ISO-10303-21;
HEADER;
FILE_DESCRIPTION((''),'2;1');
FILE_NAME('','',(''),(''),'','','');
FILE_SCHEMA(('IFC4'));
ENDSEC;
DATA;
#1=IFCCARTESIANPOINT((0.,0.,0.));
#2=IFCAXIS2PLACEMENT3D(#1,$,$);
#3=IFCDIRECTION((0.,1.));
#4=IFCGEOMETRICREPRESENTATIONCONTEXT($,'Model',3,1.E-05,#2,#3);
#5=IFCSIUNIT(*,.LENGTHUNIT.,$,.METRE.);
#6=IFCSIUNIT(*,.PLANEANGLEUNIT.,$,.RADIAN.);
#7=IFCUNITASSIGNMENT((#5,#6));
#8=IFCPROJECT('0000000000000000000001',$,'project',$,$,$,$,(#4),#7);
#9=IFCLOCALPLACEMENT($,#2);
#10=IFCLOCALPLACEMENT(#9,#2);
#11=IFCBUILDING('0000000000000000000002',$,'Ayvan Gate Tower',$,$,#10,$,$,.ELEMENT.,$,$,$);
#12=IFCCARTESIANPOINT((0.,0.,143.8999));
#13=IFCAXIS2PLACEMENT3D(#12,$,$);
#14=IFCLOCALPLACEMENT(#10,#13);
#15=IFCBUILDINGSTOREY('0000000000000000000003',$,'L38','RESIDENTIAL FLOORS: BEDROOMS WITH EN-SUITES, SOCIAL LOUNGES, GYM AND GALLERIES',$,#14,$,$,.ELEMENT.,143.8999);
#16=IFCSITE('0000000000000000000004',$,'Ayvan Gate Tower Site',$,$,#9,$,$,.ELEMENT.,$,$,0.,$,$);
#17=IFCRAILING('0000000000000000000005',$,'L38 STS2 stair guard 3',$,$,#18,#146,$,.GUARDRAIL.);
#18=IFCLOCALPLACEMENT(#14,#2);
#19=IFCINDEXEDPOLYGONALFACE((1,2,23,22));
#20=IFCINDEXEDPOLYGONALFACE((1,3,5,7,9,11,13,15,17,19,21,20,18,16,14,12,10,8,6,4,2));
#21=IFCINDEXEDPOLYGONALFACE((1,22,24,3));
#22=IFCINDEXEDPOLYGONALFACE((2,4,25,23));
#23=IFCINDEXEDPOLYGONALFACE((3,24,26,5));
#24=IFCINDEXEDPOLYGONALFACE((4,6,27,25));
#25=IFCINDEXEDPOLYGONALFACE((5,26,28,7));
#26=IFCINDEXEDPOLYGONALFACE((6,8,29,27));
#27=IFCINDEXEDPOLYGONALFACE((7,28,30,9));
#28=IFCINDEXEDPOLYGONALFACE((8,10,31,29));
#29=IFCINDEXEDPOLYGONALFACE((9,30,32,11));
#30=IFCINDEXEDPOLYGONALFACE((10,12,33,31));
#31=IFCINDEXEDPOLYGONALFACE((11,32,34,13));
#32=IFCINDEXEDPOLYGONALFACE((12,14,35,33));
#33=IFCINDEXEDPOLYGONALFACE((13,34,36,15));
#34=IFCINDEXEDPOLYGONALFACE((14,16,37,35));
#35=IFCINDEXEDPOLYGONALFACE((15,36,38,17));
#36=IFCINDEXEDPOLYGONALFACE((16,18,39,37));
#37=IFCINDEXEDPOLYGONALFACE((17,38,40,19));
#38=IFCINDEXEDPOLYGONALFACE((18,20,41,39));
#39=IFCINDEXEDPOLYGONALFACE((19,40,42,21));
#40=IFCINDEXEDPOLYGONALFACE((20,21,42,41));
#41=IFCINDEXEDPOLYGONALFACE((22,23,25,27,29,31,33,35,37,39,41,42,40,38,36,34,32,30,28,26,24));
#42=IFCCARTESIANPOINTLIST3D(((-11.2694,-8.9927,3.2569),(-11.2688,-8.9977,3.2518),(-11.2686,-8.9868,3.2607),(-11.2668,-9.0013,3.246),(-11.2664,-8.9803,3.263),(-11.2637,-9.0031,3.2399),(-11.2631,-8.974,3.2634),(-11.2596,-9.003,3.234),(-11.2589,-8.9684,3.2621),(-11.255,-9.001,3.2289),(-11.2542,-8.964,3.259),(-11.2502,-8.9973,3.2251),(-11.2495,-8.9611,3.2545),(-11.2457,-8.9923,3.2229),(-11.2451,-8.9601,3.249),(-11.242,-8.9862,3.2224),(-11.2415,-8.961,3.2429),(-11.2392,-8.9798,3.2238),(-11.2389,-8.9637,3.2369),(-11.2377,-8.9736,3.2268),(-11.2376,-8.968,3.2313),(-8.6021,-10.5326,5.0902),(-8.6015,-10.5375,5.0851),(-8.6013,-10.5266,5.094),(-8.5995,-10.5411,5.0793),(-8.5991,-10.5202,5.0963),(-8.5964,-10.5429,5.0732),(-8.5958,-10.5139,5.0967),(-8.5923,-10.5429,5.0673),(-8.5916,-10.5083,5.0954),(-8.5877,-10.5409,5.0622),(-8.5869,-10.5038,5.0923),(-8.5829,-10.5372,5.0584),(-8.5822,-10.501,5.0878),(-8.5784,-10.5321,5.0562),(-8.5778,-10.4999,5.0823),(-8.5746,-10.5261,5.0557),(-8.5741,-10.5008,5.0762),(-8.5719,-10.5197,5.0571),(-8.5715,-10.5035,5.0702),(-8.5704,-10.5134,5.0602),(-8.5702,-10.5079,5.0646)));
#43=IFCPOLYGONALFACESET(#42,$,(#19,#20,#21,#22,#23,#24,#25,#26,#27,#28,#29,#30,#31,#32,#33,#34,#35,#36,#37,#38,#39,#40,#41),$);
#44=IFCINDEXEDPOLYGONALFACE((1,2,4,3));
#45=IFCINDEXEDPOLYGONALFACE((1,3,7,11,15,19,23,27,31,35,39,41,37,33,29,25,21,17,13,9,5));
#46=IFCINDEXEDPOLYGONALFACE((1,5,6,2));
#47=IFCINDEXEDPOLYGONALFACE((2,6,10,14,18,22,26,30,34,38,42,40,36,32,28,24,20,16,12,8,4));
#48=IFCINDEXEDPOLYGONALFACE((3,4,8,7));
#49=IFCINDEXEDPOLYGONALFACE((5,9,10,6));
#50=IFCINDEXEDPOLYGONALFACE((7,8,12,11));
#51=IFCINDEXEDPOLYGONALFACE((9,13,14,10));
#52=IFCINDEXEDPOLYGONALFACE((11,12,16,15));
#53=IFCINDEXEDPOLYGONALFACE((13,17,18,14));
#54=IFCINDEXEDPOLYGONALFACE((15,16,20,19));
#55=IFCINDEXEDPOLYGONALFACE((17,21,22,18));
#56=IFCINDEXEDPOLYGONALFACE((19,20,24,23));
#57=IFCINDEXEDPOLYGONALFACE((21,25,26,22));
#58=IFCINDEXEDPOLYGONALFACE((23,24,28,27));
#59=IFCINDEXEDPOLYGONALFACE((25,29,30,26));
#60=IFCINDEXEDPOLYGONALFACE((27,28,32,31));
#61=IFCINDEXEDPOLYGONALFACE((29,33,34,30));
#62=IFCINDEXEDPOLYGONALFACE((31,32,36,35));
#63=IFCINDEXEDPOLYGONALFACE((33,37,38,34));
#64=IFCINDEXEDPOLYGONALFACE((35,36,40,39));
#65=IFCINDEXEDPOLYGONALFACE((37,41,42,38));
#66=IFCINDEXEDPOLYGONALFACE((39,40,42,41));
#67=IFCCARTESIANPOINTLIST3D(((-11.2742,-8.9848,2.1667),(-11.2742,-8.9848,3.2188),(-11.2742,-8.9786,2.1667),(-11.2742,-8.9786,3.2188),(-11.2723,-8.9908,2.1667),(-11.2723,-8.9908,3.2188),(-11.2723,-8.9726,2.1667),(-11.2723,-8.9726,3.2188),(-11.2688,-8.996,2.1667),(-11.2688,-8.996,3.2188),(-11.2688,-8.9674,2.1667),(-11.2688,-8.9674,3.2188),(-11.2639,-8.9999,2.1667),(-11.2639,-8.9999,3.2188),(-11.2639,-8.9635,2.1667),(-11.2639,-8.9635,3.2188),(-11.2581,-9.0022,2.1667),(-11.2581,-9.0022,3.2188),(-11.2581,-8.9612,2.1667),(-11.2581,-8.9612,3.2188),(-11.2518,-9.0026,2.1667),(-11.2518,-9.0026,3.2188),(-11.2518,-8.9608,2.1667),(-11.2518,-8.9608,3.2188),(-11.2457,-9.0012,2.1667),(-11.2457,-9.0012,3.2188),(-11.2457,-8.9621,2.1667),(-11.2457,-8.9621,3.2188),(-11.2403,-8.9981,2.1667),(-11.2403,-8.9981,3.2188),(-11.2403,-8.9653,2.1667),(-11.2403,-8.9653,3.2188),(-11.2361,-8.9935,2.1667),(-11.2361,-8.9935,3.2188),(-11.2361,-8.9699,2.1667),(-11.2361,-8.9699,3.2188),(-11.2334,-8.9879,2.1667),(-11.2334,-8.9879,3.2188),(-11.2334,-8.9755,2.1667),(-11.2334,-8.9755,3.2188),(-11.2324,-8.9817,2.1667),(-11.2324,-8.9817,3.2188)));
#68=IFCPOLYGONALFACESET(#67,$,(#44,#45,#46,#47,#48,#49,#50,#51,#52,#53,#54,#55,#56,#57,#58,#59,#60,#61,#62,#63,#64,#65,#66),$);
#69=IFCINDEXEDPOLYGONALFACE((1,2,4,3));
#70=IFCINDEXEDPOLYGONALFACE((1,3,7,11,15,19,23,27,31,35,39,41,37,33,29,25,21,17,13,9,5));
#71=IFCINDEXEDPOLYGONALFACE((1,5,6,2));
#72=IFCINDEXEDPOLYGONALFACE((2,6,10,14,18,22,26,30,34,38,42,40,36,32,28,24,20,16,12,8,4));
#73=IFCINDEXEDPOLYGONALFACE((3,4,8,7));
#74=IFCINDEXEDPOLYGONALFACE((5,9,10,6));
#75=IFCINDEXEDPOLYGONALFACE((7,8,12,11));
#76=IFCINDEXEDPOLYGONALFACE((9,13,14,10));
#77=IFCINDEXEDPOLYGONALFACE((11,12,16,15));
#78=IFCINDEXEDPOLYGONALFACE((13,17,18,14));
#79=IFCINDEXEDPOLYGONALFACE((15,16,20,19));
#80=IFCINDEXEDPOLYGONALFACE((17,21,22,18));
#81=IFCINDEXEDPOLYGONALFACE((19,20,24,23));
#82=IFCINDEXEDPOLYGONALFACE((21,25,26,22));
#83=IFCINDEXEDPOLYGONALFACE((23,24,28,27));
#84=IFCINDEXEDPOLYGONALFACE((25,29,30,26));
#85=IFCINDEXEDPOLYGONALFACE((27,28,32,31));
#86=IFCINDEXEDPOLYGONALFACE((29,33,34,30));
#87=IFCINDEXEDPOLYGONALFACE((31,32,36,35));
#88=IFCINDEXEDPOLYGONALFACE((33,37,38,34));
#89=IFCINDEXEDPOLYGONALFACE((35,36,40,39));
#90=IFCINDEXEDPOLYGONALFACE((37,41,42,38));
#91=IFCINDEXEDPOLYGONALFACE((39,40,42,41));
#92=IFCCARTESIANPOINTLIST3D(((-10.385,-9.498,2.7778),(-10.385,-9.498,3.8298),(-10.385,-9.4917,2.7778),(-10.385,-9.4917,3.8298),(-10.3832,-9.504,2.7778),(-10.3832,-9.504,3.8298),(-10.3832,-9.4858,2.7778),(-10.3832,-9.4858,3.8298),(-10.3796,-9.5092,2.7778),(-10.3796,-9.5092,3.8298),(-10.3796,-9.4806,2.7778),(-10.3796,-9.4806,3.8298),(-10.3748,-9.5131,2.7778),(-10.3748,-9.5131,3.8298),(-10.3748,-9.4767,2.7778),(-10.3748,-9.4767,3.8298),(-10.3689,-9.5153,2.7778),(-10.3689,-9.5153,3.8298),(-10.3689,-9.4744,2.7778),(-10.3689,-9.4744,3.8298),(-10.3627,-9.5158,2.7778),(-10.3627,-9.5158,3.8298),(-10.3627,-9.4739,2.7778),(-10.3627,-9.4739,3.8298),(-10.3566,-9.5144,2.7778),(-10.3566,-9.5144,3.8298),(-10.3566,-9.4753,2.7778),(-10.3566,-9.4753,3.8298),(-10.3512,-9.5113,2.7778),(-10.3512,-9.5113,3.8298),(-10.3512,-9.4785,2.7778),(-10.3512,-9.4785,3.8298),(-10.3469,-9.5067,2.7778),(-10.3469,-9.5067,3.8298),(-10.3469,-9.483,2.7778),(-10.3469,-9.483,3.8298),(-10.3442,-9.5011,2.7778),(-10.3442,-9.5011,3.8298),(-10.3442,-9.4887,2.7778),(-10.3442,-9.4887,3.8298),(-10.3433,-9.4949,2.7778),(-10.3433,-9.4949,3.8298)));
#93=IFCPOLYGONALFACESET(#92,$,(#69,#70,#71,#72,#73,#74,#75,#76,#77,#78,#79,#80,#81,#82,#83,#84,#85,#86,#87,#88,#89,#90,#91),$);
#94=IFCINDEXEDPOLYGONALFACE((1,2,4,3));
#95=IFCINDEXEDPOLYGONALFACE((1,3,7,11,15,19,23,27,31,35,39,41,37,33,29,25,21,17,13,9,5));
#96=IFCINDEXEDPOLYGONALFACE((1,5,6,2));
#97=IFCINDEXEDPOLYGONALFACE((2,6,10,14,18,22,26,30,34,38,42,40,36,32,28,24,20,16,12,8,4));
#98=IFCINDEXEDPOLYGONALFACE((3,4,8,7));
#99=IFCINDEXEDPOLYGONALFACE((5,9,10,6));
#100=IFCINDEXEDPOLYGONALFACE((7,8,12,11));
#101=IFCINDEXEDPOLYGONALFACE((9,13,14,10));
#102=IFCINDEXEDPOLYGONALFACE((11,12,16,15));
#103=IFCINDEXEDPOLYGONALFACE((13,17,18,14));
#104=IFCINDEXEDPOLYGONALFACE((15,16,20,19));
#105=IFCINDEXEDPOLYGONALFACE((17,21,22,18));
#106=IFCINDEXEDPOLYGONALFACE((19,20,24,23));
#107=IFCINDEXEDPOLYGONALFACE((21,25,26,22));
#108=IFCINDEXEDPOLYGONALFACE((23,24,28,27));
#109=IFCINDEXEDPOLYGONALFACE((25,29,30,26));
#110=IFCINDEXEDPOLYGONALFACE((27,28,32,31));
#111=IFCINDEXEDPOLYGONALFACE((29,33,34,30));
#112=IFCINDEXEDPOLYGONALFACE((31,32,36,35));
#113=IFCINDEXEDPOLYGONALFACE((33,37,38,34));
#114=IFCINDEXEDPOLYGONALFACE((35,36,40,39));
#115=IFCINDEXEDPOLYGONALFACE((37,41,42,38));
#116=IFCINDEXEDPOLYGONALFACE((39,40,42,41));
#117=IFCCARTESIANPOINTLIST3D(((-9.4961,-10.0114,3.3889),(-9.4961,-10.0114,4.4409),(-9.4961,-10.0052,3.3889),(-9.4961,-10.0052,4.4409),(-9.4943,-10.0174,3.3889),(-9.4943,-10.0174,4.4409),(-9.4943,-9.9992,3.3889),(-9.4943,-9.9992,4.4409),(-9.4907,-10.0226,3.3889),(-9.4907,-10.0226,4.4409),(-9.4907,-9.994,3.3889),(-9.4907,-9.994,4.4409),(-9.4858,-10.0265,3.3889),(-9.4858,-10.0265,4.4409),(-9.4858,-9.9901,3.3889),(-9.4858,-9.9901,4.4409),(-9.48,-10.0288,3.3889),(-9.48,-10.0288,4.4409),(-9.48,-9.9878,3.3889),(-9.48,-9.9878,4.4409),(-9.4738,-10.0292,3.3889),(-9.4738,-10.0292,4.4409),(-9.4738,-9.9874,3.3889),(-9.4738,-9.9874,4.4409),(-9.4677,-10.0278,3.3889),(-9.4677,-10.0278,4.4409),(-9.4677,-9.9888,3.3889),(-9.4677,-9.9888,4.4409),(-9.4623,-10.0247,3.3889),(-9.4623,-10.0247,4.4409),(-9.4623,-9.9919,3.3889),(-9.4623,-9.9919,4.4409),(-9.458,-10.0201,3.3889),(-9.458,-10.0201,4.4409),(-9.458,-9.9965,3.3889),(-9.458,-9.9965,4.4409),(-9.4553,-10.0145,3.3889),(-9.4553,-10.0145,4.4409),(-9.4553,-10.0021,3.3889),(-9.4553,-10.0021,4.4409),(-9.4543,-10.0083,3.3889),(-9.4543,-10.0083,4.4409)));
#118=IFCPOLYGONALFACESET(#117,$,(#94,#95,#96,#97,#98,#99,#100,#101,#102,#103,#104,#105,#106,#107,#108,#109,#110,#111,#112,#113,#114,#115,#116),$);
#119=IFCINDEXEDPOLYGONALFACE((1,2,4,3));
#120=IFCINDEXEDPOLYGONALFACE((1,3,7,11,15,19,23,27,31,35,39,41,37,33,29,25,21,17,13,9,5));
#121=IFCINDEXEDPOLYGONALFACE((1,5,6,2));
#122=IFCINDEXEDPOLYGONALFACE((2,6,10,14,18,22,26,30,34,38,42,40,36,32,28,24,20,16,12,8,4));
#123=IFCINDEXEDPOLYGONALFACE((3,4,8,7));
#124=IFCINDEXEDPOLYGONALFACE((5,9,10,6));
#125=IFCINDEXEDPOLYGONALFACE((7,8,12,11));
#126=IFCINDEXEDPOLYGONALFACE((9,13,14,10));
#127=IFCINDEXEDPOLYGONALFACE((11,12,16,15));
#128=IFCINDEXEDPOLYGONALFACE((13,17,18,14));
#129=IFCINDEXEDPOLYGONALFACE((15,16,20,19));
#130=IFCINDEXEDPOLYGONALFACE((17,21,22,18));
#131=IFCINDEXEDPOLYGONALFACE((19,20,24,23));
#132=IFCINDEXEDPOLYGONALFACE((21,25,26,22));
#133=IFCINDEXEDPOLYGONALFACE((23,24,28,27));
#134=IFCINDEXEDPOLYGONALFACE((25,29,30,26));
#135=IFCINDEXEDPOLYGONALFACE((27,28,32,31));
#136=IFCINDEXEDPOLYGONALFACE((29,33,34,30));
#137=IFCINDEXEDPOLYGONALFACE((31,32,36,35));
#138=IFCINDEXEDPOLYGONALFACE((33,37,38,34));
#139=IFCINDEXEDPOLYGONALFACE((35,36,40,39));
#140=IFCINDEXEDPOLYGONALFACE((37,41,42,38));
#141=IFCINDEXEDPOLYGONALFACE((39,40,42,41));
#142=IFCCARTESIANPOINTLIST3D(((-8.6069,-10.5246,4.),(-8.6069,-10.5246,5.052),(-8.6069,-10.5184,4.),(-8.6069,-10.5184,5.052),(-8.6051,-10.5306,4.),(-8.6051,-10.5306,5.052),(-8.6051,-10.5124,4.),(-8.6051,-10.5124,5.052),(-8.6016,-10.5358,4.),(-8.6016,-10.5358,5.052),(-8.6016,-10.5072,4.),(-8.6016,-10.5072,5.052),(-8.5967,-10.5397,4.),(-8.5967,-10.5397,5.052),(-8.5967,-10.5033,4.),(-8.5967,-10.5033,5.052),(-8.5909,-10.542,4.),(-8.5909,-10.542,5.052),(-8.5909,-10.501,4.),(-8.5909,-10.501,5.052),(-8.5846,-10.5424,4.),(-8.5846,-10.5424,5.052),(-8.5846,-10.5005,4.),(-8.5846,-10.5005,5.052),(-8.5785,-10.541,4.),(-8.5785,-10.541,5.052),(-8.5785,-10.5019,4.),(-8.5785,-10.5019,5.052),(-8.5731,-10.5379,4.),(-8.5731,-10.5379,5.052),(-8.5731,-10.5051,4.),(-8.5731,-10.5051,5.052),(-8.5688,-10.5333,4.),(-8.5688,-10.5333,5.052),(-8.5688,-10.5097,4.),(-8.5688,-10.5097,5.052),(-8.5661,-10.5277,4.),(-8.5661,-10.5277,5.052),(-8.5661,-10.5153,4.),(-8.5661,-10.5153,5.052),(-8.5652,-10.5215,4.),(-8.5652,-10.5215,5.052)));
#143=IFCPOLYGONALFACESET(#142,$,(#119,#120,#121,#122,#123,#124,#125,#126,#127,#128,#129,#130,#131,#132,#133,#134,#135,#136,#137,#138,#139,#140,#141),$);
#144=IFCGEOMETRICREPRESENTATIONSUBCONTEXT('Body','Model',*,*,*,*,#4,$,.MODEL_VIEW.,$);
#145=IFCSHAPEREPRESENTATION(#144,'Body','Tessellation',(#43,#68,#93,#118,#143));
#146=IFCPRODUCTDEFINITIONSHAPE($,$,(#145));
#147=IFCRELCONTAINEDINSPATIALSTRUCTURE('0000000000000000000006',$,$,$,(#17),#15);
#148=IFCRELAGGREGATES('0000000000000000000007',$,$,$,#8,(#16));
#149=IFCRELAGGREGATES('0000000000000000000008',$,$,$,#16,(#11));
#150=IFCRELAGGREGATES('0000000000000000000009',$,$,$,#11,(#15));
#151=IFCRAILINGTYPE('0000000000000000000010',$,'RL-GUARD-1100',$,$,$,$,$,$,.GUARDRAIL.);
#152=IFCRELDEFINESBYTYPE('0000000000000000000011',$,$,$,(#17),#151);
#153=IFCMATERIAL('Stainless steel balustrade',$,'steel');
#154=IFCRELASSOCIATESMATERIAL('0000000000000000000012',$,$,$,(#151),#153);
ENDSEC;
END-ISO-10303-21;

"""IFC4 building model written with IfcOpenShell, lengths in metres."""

from ifc_helpers import new_model, si_unit, direction, frame, origin, origin_2d, place, context, subcontext, project, spatial, circle, extrude, material, type_object, element, save


model = new_model("IFC4")

# Units and contexts
model_context = context("Model", 3, precision=1e-05, world=origin(), true_north=direction((0.0, 1.0)))
body_context = subcontext(model_context, "Body", "Model", "MODEL_VIEW")
ifc_project = project(units=[si_unit("LENGTHUNIT", "METRE"), si_unit("PLANEANGLEUNIT", "RADIAN")], contexts=[model_context])

# Site, building, storey
site_placement = place(None, origin())
site = spatial("IfcSite", under=ifc_project, at=site_placement, Name="Ayvan Gate Tower Site", CompositionType="ELEMENT", RefElevation=0.0)
building_placement = place(site_placement, origin())
building = spatial("IfcBuilding", under=site, at=building_placement, Name="Ayvan Gate Tower", CompositionType="ELEMENT")
storey_placement = place(building_placement, frame((0.0, 0.0, 143.8999)))
storey = spatial("IfcBuildingStorey", under=building, at=storey_placement, Name="L38", Description="RESIDENTIAL FLOORS: BEDROOMS WITH EN-SUITES, SOCIAL LOUNGES, GYM AND GALLERIES", CompositionType="ELEMENT", Elevation=143.8999)

# Railing
ifc_material_1 = material(Name="Stainless steel balustrade", Category="steel")
railing_type_1 = type_object("IfcRailingType", Name="RL-GUARD-1100", PredefinedType="GUARDRAIL", material=ifc_material_1)
railing_1_placement = place(storey_placement, frame((-11.2534, -8.9817, 2.1667)))
element("IfcRailing", 1, at=railing_1_placement, inside=storey, type_object=railing_type_1, Name="L38 STS2 stair guard 3", PredefinedType="GUARDRAIL", context=body_context, shape_type="SweptSolid", body=[
    extrude(circle(Radius=0.0239, at=origin_2d()), frame((0.0, 0.0, 1.0762), z_axis=(0.744181, -0.429616, 0.511493), x_axis=(0.499967, 0.866044, 0.0)), (0.0, 0.0, 1.0), 3.5842),
    extrude(circle(Radius=0.021, at=origin_2d()), origin(), (0.0, 0.0, 1.0), 1.052),
    extrude(circle(Radius=0.021, at=origin_2d()), frame((0.8892, -0.5132, 0.6111)), (0.0, 0.0, 1.0), 1.052),
    extrude(circle(Radius=0.021, at=origin_2d()), frame((1.7781, -1.0266, 1.2222)), (0.0, 0.0, 1.0), 1.052),
    extrude(circle(Radius=0.021, at=origin_2d()), frame((2.6672, -1.5398, 1.8333)), (0.0, 0.0, 1.0), 1.052),
])

save(model, "model.ifc")
